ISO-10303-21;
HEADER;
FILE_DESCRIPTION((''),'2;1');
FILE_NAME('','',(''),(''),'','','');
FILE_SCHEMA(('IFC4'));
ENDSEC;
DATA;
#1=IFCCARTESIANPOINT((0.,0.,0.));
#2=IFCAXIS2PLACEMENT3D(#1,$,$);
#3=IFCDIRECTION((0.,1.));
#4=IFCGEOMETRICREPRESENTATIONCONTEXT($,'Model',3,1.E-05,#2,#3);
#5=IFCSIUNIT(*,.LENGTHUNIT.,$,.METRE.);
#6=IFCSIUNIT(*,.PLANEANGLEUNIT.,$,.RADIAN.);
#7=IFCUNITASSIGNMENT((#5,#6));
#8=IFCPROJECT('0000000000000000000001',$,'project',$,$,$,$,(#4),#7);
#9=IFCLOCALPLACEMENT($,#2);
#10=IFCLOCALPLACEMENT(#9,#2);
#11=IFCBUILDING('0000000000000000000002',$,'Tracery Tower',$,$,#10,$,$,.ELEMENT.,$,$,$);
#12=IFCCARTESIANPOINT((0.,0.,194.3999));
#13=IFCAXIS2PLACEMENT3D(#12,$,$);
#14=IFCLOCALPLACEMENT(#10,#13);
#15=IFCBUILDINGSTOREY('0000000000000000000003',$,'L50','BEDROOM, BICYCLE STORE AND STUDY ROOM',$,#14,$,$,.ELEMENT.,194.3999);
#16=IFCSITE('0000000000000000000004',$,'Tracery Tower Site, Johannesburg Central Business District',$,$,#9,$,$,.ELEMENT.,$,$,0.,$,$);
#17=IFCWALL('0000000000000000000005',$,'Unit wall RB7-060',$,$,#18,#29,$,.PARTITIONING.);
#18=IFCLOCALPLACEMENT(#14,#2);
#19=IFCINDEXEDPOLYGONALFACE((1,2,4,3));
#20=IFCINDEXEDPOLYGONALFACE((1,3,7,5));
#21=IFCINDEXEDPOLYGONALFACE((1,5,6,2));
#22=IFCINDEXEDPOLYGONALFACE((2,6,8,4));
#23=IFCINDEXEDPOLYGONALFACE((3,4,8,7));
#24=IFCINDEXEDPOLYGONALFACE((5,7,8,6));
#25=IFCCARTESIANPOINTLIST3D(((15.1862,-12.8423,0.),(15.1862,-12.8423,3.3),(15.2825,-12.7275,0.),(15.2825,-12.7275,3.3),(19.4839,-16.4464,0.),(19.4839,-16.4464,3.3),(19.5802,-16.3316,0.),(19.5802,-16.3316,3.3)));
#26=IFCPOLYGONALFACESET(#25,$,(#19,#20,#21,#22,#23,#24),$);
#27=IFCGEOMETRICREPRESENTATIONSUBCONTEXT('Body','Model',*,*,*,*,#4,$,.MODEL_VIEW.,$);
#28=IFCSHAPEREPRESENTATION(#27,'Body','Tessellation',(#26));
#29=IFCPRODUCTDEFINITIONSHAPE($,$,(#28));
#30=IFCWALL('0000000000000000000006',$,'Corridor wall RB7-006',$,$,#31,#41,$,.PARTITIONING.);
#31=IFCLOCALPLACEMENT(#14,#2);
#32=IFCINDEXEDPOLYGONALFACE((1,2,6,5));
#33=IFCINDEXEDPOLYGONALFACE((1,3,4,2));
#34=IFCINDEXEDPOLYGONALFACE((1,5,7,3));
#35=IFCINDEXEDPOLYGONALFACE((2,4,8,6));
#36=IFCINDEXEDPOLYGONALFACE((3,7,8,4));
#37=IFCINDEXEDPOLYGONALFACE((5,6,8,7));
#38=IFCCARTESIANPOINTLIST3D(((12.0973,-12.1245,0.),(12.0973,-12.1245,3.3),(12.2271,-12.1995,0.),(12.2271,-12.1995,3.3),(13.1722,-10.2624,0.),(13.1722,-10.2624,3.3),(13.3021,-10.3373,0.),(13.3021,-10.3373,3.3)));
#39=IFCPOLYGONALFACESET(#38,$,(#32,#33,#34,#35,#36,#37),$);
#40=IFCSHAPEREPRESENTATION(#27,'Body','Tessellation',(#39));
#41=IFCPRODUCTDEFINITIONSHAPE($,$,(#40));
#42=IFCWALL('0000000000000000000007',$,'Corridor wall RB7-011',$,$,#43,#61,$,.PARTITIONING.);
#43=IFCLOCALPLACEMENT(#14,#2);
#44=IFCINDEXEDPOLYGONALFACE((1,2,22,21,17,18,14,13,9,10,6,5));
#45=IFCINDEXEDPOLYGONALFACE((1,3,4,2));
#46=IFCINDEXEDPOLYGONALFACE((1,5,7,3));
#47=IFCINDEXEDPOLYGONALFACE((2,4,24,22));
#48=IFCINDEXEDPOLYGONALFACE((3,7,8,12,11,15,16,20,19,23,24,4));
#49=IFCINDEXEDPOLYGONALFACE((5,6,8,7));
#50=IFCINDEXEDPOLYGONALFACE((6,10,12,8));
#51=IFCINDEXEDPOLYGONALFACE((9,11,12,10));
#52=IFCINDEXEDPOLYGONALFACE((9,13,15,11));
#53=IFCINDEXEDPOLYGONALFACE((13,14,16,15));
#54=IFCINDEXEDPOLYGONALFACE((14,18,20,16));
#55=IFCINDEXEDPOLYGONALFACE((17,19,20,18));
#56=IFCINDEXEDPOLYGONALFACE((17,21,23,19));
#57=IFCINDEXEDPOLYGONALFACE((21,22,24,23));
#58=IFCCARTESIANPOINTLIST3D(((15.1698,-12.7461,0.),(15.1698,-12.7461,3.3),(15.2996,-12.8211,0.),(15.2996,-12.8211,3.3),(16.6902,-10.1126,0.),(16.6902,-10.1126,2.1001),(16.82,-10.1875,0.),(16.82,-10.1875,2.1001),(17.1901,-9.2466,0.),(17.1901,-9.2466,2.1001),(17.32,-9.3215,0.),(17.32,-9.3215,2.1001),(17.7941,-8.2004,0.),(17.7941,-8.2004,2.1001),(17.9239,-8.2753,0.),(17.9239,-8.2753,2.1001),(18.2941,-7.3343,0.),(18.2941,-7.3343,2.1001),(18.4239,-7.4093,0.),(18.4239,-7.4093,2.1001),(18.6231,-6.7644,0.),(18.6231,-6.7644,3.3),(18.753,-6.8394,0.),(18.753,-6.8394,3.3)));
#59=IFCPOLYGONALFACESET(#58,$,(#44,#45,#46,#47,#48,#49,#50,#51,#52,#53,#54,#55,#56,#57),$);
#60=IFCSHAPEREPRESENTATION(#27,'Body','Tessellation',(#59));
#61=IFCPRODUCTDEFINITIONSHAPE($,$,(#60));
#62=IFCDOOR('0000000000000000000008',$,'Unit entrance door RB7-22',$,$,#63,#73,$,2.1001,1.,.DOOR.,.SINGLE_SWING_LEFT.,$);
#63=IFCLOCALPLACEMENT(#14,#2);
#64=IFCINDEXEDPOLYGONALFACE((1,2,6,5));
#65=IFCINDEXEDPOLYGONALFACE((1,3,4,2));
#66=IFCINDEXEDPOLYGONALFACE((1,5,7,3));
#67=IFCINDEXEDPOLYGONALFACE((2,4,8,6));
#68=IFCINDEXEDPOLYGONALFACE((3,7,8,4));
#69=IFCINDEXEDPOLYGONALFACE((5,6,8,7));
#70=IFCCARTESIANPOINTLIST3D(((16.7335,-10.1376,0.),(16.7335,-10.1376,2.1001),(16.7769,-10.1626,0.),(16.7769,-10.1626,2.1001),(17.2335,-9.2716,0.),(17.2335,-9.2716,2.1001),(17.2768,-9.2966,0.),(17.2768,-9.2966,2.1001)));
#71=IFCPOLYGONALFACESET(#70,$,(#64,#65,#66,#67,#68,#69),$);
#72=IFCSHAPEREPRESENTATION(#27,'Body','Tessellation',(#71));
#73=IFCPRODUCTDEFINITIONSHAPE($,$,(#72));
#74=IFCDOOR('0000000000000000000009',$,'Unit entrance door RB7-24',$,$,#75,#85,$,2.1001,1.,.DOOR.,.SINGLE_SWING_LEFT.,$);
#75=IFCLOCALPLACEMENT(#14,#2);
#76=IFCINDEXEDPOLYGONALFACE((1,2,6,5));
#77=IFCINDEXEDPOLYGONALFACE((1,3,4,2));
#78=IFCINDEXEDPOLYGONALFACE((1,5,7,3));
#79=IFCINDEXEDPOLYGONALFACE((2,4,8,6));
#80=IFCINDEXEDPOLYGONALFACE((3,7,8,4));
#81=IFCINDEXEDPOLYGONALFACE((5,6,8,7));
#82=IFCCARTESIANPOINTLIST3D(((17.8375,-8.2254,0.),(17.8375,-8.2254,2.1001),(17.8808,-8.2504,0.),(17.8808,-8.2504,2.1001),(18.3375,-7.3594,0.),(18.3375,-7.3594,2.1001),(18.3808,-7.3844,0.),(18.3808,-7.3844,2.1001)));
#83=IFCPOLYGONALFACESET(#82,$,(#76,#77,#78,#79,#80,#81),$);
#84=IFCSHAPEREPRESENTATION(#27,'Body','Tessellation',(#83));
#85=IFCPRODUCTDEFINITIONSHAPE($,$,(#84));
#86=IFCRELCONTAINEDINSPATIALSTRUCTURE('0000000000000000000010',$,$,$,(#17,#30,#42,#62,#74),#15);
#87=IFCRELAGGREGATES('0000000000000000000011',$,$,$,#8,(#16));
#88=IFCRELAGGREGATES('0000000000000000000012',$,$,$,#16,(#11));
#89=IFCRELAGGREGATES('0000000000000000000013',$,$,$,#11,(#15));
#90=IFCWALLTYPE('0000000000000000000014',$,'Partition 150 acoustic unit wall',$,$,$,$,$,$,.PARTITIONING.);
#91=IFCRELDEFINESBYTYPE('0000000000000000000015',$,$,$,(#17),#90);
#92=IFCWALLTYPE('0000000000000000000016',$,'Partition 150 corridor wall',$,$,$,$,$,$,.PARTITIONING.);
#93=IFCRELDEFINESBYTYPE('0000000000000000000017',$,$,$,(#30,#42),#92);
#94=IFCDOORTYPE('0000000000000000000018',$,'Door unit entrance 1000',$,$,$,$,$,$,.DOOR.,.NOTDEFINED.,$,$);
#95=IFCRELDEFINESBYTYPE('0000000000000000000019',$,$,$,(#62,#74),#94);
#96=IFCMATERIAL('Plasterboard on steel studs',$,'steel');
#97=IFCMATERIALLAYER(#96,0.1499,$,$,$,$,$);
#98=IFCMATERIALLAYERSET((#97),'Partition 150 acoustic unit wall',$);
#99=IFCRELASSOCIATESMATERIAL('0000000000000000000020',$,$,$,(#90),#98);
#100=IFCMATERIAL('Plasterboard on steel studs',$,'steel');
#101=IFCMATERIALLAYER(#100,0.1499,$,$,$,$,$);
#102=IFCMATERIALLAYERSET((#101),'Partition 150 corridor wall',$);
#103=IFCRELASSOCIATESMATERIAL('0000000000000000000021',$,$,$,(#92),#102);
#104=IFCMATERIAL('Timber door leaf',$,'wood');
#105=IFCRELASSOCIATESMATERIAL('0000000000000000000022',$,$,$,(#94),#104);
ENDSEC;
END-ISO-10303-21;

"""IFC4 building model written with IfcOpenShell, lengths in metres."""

from ifc_helpers import new_model, si_unit, direction, frame, frame_2d, origin, place, context, subcontext, project, spatial, rectangle, extrude, material, layer, layer_set, type_object, element, fill, save


model = new_model("IFC4")

# Units and contexts
model_context = context("Model", 3, precision=1e-05, world=origin(), true_north=direction((0.0, 1.0)))
body_context = subcontext(model_context, "Body", "Model", "MODEL_VIEW")
ifc_project = project(units=[si_unit("LENGTHUNIT", "METRE"), si_unit("PLANEANGLEUNIT", "RADIAN")], contexts=[model_context])

# Site, building, storey
site_placement = place(None, origin())
site = spatial("IfcSite", under=ifc_project, at=site_placement, Name="Tracery Tower Site, Johannesburg Central Business District", CompositionType="ELEMENT", RefElevation=0.0)
building_placement = place(site_placement, origin())
building = spatial("IfcBuilding", under=site, at=building_placement, Name="Tracery Tower", CompositionType="ELEMENT")
storey_placement = place(building_placement, frame((0.0, 0.0, 194.3999)))
storey = spatial("IfcBuildingStorey", under=building, at=storey_placement, Name="L50", Description="BEDROOM, BICYCLE STORE AND STUDY ROOM", CompositionType="ELEMENT", Elevation=194.3999)

# Walls
ifc_material_1 = material(Name="Plasterboard on steel studs", Category="steel")
ifc_layer_1 = layer(ifc_material_1, 0.1499)
ifc_layer_set_1 = layer_set([ifc_layer_1], Name="Partition 150 acoustic unit wall")
wall_type_1 = type_object("IfcWallType", Name="Partition 150 acoustic unit wall", PredefinedType="PARTITIONING", material=ifc_layer_set_1)
wall_1_placement = place(storey_placement, frame((15.2344, -12.7849, 0.0), z_axis=(0.0, 0.0, 1.0), x_axis=(0.76623, -0.642566, 0.0)))
element("IfcWall", 1, at=wall_1_placement, inside=storey, type_object=wall_type_1, Name="Unit wall RB7-060", PredefinedType="PARTITIONING", context=body_context, shape_type="SweptSolid", body=[
    extrude(rectangle(XDim=5.6089, YDim=0.1499, at=frame_2d((2.8044, 0.0))), origin(), (0.0, 0.0, 1.0), 3.3),
])
ifc_material_2 = material(Name="Plasterboard on steel studs", Category="steel")
ifc_layer_2 = layer(ifc_material_2, 0.1499)
ifc_layer_set_2 = layer_set([ifc_layer_2], Name="Partition 150 corridor wall")
wall_type_2 = type_object("IfcWallType", Name="Partition 150 corridor wall", PredefinedType="PARTITIONING", material=ifc_layer_set_2)
wall_2_placement = place(storey_placement, frame((12.1621, -12.1621, 0.0), z_axis=(0.0, 0.0, 1.0), x_axis=(0.499962, 0.866048, 0.0)))
element("IfcWall", 2, at=wall_2_placement, inside=storey, type_object=wall_type_2, Name="Corridor wall RB7-006", PredefinedType="PARTITIONING", context=body_context, shape_type="SweptSolid", body=[
    extrude(rectangle(XDim=2.1501, YDim=0.1499, at=frame_2d((1.0752, 0.0))), origin(), (0.0, 0.0, 1.0), 3.3),
])

# Wall, openings, doors
wall_3_placement = place(storey_placement, frame((15.2346, -12.7837, 0.0), z_axis=(0.0, 0.0, 1.0), x_axis=(0.499983, 0.866035, 0.0)))
wall_3 = element("IfcWall", 3, at=wall_3_placement, inside=storey, type_object=wall_type_2, Name="Corridor wall RB7-011", PredefinedType="PARTITIONING", context=body_context, shape_type="SweptSolid", body=[
    extrude(rectangle(XDim=6.907, YDim=0.1499, at=frame_2d((3.4536, 0.0))), origin(), (0.0, 0.0, 1.0), 3.3),
])
opening_1_placement = place(wall_3_placement, frame((3.041, 0.0, 0.0)))
opening_1 = element("IfcOpeningElement", 4, at=opening_1_placement, cuts=wall_3, PredefinedType="OPENING", context=body_context, shape_type="SweptSolid", body=[
    extrude(rectangle(XDim=1.0, YDim=2.1001, at=frame_2d((0.5, 1.05))), frame((0.0, 0.075, 0.0), z_axis=(0.0, -1.0, 0.0), x_axis=(1.0, 0.0, 0.0)), (0.0, 0.0, 1.0), 0.1499),
])
opening_2_placement = place(wall_3_placement, frame((5.249, 0.0, 0.0)))
opening_2 = element("IfcOpeningElement", 5, at=opening_2_placement, cuts=wall_3, PredefinedType="OPENING", context=body_context, shape_type="SweptSolid", body=[
    extrude(rectangle(XDim=1.0, YDim=2.1001, at=frame_2d((0.5, 1.05))), frame((0.0, 0.075, 0.0), z_axis=(0.0, -1.0, 0.0), x_axis=(1.0, 0.0, 0.0)), (0.0, 0.0, 1.0), 0.1499),
])
ifc_material_3 = material(Name="Timber door leaf", Category="wood")
door_type_1 = type_object("IfcDoorType", Name="Door unit entrance 1000", OperationType="NOTDEFINED", PredefinedType="DOOR", material=ifc_material_3)
door_1_placement = place(opening_1_placement, origin())
door_1 = element("IfcDoor", 6, at=door_1_placement, inside=storey, type_object=door_type_1, Name="Unit entrance door RB7-22", OperationType="SINGLE_SWING_LEFT", OverallHeight=2.1001, OverallWidth=1.0, PredefinedType="DOOR", context=body_context, shape_type="SweptSolid", body=[
    extrude(rectangle(XDim=1.0, YDim=2.1001, at=frame_2d((0.5, 1.05))), frame((0.0, 0.0249, 0.0), z_axis=(0.0, -1.0, 0.0), x_axis=(1.0, 0.0, 0.0)), (0.0, 0.0, 1.0), 0.05),
])
fill(opening_1, door_1)
door_2_placement = place(opening_2_placement, origin())
door_2 = element("IfcDoor", 7, at=door_2_placement, inside=storey, type_object=door_type_1, Name="Unit entrance door RB7-24", OperationType="SINGLE_SWING_LEFT", OverallHeight=2.1001, OverallWidth=1.0, PredefinedType="DOOR", context=body_context, shape_type="SweptSolid", body=[
    extrude(rectangle(XDim=1.0, YDim=2.1001, at=frame_2d((0.5, 1.05))), frame((0.0, 0.0249, 0.0), z_axis=(0.0, -1.0, 0.0), x_axis=(1.0, 0.0, 0.0)), (0.0, 0.0, 1.0), 0.05),
])
fill(opening_2, door_2)

save(model, "model.ifc")
